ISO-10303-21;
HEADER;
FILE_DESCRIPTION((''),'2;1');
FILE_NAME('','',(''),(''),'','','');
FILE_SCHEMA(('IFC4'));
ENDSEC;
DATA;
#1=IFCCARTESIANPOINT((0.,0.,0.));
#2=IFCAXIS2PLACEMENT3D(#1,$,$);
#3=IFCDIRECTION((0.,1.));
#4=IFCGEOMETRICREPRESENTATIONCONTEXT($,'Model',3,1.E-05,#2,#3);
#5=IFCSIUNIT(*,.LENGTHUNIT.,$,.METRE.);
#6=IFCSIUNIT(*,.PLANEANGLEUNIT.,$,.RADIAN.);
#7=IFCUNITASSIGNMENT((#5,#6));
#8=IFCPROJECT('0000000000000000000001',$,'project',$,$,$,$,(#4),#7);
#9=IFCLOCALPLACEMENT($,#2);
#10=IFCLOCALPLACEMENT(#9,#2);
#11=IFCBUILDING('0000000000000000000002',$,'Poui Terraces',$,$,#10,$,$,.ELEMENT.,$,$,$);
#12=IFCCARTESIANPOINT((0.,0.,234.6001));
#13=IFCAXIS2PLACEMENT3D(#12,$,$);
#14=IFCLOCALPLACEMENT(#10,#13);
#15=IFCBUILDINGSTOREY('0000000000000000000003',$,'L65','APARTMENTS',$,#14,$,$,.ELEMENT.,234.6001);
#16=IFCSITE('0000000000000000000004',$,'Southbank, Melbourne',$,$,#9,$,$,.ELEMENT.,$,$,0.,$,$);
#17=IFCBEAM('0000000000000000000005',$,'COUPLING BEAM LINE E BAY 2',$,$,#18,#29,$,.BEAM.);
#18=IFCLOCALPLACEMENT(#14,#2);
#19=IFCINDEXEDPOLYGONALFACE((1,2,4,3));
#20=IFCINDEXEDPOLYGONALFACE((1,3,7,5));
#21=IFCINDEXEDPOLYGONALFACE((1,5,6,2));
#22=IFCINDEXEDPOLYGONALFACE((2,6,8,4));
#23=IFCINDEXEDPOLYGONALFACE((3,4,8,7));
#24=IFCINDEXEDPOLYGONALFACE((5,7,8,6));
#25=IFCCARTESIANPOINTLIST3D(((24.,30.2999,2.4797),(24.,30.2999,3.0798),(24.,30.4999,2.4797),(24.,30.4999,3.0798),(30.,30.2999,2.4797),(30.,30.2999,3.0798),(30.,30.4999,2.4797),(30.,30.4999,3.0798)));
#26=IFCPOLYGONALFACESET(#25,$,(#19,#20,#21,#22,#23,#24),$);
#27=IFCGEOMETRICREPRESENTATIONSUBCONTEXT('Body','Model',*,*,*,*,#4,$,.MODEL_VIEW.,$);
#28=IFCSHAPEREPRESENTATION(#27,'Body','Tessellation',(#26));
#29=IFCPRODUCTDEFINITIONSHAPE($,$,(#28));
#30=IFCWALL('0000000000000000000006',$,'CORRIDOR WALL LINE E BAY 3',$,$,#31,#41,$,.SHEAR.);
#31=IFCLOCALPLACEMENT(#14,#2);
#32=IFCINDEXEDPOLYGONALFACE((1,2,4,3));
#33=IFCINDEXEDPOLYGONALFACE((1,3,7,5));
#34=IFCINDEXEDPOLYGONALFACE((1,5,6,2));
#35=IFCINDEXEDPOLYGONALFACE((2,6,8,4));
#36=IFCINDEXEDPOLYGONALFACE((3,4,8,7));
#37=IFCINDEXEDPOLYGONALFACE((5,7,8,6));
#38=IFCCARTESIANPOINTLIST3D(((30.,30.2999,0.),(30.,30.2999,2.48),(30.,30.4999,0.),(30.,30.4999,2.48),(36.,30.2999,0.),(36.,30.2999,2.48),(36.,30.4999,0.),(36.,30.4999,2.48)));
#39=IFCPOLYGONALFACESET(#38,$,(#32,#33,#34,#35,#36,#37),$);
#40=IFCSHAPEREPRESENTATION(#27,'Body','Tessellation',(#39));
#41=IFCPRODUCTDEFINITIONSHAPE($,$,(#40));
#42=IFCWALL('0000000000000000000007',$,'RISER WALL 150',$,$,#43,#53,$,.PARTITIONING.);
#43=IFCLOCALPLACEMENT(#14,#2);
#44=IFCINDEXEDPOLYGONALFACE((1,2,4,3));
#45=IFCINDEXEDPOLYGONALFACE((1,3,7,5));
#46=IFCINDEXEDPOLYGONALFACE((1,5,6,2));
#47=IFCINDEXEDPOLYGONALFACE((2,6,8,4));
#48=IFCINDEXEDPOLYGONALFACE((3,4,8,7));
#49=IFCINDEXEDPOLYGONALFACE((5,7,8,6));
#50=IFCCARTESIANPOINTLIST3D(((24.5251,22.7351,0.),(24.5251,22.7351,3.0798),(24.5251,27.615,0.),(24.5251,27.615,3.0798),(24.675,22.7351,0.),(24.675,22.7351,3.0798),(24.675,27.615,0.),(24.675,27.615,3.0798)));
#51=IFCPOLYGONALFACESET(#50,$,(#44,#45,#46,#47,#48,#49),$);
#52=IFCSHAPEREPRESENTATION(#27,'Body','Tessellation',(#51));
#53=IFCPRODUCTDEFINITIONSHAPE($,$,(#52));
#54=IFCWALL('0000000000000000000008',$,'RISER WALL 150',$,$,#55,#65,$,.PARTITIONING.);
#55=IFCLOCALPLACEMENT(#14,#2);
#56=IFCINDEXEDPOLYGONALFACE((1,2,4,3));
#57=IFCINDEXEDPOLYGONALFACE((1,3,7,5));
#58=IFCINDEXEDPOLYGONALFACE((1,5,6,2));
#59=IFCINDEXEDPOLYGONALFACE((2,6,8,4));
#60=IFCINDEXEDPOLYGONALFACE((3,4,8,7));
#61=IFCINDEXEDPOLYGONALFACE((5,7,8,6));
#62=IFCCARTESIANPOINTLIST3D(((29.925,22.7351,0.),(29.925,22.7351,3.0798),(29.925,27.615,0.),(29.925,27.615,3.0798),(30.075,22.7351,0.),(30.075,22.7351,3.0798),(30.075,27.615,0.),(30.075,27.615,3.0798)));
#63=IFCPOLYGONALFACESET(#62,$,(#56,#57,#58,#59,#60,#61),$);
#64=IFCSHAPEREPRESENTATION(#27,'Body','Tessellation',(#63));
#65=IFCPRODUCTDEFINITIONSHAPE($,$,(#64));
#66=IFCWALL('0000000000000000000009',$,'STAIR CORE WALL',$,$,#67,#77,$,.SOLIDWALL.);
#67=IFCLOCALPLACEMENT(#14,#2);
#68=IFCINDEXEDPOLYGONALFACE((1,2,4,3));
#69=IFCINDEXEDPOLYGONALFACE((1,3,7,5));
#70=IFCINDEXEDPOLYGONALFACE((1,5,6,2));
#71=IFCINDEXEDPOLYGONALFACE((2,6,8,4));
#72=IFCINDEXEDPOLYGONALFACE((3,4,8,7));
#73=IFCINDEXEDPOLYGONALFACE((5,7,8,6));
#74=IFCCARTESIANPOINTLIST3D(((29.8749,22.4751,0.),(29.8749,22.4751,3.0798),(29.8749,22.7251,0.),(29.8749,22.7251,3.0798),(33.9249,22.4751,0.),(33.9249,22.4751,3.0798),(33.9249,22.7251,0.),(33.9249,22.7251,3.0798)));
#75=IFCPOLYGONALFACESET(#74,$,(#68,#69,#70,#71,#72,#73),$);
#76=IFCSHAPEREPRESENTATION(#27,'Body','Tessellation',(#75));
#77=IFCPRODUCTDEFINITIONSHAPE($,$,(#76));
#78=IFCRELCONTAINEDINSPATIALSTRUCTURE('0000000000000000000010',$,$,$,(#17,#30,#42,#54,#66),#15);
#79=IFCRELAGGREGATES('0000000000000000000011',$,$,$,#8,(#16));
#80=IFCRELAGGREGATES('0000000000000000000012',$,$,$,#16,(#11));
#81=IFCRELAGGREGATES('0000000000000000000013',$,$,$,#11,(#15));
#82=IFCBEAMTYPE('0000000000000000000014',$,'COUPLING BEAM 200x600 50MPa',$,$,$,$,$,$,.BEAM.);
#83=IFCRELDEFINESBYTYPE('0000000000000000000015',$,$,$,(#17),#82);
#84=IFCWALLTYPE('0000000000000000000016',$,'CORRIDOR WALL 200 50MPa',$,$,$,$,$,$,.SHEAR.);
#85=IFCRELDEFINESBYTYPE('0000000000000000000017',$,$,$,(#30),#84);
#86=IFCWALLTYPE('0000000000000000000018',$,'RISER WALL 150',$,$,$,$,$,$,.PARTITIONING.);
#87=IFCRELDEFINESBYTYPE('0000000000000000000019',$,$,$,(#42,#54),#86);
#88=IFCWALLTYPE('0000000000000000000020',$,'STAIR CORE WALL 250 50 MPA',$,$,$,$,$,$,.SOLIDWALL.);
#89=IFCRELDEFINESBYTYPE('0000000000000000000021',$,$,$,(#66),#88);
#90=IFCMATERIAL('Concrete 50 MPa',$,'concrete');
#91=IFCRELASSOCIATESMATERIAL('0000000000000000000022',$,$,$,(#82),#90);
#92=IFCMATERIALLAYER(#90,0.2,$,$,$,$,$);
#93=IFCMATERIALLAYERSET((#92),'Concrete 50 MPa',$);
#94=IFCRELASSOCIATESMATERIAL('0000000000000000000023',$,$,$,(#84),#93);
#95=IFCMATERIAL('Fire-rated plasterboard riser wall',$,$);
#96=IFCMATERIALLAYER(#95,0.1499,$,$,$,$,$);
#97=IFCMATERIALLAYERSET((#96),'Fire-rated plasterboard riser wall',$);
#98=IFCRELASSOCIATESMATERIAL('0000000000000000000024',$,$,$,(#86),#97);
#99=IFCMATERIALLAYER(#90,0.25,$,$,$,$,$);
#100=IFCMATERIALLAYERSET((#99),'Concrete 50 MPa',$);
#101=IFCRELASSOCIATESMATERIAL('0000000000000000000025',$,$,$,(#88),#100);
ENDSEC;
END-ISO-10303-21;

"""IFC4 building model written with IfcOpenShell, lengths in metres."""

from ifc_helpers import new_model, si_unit, direction, frame, frame_2d, origin, origin_2d, place, context, subcontext, project, spatial, rectangle, extrude, source, transform, mapped, material, layer, layer_set, material_profile, profile_set, type_object, element, save


model = new_model("IFC4")

# Units and contexts
model_context = context("Model", 3, precision=1e-05, world=origin(), true_north=direction((0.0, 1.0)))
body_context = subcontext(model_context, "Body", "Model", "MODEL_VIEW")
ifc_project = project(units=[si_unit("LENGTHUNIT", "METRE"), si_unit("PLANEANGLEUNIT", "RADIAN")], contexts=[model_context])

# Site, building, storey
site_placement = place(None, origin())
site = spatial("IfcSite", under=ifc_project, at=site_placement, Name="Southbank, Melbourne", CompositionType="ELEMENT", RefElevation=0.0)
building_placement = place(site_placement, origin())
building = spatial("IfcBuilding", under=site, at=building_placement, Name="Poui Terraces", CompositionType="ELEMENT")
storey_placement = place(building_placement, frame((0.0, 0.0, 234.6001)))
storey = spatial("IfcBuildingStorey", under=building, at=storey_placement, Name="L65", Description="APARTMENTS", CompositionType="ELEMENT", Elevation=234.6001)

# Beam
ifc_material_1 = material(Name="Concrete 50 MPa", Category="concrete")
ifc_material_profile = material_profile(ifc_material_1, rectangle(XDim=0.2, YDim=0.6001, at=origin_2d()), Name="RC 200x600")
ifc_profile_set = profile_set([ifc_material_profile], Name="Concrete 50 MPa")
beam_type = type_object("IfcBeamType", Name="COUPLING BEAM 200x600 50MPa", PredefinedType="BEAM", material=ifc_profile_set)
shared_shape = source(origin(), body_context, "Body", "SweptSolid", [
    extrude(rectangle(XDim=0.2, YDim=0.6001, at=origin_2d()), origin(), (0.0, 0.0, 1.0), 6.0),
])
beam_placement = place(storey_placement, frame((24.0, 30.3999, 2.7798), z_axis=(1.0, 0.0, 0.0), x_axis=(0.0, 1.0, 0.0)))
element("IfcBeam", 1, at=beam_placement, inside=storey, type_object=beam_type, Name="COUPLING BEAM LINE E BAY 2", PredefinedType="BEAM", context=body_context, shape_type="MappedRepresentation", body=[
    mapped(shared_shape, transform((0.0, 0.0, 0.0))),
])

# Walls
ifc_layer_1 = layer(ifc_material_1, 0.2)
ifc_layer_set_1 = layer_set([ifc_layer_1], Name="Concrete 50 MPa")
wall_type_1 = type_object("IfcWallType", Name="CORRIDOR WALL 200 50MPa", PredefinedType="SHEAR", material=ifc_layer_set_1)
wall_1_placement = place(storey_placement, frame((30.0, 30.3999, 0.0), z_axis=(0.0, 0.0, 1.0), x_axis=(1.0, 0.0, 0.0)))
element("IfcWall", 2, at=wall_1_placement, inside=storey, type_object=wall_type_1, Name="CORRIDOR WALL LINE E BAY 3", PredefinedType="SHEAR", context=body_context, shape_type="SweptSolid", body=[
    extrude(rectangle(XDim=6.0, YDim=0.2, at=frame_2d((3.0, 0.0))), origin(), (0.0, 0.0, 1.0), 2.48),
])
ifc_material_2 = material(Name="Fire-rated plasterboard riser wall")
ifc_layer_2 = layer(ifc_material_2, 0.1499)
ifc_layer_set_2 = layer_set([ifc_layer_2], Name="Fire-rated plasterboard riser wall")
wall_type_2 = type_object("IfcWallType", Name="RISER WALL 150", PredefinedType="PARTITIONING", material=ifc_layer_set_2)
for number, where, z_axis, x_axis, name in (
    (3, (24.6001, 22.7351, 0.0), (0.0, 0.0, 1.0), (0.0, 1.0, 0.0), "RISER WALL 150"),
    (4, (30.0, 22.7351, 0.0), (0.0, 0.0, 1.0), (0.0, 1.0, 0.0), "RISER WALL 150"),
):
    element("IfcWall", number, at=place(storey_placement, frame(where, z_axis=z_axis, x_axis=x_axis)), inside=storey, type_object=wall_type_2, Name=name, PredefinedType="PARTITIONING", context=body_context, shape_type="SweptSolid", body=[
        extrude(rectangle(XDim=4.8799, YDim=0.1499, at=frame_2d((2.4399, 0.0))), origin(), (0.0, 0.0, 1.0), 3.0798),
    ])
ifc_layer_3 = layer(ifc_material_1, 0.25)
ifc_layer_set_3 = layer_set([ifc_layer_3], Name="Concrete 50 MPa")
wall_type_3 = type_object("IfcWallType", Name="STAIR CORE WALL 250 50 MPA", PredefinedType="SOLIDWALL", material=ifc_layer_set_3)
wall_2_placement = place(storey_placement, frame((29.875, 22.6001, 0.0), z_axis=(0.0, 0.0, 1.0), x_axis=(1.0, 0.0, 0.0)))
element("IfcWall", 5, at=wall_2_placement, inside=storey, type_object=wall_type_3, Name="STAIR CORE WALL", PredefinedType="SOLIDWALL", context=body_context, shape_type="SweptSolid", body=[
    extrude(rectangle(XDim=4.05, YDim=0.25, at=frame_2d((2.0249, 0.0))), origin(), (0.0, 0.0, 1.0), 3.0798),
])

save(model, "model.ifc")
